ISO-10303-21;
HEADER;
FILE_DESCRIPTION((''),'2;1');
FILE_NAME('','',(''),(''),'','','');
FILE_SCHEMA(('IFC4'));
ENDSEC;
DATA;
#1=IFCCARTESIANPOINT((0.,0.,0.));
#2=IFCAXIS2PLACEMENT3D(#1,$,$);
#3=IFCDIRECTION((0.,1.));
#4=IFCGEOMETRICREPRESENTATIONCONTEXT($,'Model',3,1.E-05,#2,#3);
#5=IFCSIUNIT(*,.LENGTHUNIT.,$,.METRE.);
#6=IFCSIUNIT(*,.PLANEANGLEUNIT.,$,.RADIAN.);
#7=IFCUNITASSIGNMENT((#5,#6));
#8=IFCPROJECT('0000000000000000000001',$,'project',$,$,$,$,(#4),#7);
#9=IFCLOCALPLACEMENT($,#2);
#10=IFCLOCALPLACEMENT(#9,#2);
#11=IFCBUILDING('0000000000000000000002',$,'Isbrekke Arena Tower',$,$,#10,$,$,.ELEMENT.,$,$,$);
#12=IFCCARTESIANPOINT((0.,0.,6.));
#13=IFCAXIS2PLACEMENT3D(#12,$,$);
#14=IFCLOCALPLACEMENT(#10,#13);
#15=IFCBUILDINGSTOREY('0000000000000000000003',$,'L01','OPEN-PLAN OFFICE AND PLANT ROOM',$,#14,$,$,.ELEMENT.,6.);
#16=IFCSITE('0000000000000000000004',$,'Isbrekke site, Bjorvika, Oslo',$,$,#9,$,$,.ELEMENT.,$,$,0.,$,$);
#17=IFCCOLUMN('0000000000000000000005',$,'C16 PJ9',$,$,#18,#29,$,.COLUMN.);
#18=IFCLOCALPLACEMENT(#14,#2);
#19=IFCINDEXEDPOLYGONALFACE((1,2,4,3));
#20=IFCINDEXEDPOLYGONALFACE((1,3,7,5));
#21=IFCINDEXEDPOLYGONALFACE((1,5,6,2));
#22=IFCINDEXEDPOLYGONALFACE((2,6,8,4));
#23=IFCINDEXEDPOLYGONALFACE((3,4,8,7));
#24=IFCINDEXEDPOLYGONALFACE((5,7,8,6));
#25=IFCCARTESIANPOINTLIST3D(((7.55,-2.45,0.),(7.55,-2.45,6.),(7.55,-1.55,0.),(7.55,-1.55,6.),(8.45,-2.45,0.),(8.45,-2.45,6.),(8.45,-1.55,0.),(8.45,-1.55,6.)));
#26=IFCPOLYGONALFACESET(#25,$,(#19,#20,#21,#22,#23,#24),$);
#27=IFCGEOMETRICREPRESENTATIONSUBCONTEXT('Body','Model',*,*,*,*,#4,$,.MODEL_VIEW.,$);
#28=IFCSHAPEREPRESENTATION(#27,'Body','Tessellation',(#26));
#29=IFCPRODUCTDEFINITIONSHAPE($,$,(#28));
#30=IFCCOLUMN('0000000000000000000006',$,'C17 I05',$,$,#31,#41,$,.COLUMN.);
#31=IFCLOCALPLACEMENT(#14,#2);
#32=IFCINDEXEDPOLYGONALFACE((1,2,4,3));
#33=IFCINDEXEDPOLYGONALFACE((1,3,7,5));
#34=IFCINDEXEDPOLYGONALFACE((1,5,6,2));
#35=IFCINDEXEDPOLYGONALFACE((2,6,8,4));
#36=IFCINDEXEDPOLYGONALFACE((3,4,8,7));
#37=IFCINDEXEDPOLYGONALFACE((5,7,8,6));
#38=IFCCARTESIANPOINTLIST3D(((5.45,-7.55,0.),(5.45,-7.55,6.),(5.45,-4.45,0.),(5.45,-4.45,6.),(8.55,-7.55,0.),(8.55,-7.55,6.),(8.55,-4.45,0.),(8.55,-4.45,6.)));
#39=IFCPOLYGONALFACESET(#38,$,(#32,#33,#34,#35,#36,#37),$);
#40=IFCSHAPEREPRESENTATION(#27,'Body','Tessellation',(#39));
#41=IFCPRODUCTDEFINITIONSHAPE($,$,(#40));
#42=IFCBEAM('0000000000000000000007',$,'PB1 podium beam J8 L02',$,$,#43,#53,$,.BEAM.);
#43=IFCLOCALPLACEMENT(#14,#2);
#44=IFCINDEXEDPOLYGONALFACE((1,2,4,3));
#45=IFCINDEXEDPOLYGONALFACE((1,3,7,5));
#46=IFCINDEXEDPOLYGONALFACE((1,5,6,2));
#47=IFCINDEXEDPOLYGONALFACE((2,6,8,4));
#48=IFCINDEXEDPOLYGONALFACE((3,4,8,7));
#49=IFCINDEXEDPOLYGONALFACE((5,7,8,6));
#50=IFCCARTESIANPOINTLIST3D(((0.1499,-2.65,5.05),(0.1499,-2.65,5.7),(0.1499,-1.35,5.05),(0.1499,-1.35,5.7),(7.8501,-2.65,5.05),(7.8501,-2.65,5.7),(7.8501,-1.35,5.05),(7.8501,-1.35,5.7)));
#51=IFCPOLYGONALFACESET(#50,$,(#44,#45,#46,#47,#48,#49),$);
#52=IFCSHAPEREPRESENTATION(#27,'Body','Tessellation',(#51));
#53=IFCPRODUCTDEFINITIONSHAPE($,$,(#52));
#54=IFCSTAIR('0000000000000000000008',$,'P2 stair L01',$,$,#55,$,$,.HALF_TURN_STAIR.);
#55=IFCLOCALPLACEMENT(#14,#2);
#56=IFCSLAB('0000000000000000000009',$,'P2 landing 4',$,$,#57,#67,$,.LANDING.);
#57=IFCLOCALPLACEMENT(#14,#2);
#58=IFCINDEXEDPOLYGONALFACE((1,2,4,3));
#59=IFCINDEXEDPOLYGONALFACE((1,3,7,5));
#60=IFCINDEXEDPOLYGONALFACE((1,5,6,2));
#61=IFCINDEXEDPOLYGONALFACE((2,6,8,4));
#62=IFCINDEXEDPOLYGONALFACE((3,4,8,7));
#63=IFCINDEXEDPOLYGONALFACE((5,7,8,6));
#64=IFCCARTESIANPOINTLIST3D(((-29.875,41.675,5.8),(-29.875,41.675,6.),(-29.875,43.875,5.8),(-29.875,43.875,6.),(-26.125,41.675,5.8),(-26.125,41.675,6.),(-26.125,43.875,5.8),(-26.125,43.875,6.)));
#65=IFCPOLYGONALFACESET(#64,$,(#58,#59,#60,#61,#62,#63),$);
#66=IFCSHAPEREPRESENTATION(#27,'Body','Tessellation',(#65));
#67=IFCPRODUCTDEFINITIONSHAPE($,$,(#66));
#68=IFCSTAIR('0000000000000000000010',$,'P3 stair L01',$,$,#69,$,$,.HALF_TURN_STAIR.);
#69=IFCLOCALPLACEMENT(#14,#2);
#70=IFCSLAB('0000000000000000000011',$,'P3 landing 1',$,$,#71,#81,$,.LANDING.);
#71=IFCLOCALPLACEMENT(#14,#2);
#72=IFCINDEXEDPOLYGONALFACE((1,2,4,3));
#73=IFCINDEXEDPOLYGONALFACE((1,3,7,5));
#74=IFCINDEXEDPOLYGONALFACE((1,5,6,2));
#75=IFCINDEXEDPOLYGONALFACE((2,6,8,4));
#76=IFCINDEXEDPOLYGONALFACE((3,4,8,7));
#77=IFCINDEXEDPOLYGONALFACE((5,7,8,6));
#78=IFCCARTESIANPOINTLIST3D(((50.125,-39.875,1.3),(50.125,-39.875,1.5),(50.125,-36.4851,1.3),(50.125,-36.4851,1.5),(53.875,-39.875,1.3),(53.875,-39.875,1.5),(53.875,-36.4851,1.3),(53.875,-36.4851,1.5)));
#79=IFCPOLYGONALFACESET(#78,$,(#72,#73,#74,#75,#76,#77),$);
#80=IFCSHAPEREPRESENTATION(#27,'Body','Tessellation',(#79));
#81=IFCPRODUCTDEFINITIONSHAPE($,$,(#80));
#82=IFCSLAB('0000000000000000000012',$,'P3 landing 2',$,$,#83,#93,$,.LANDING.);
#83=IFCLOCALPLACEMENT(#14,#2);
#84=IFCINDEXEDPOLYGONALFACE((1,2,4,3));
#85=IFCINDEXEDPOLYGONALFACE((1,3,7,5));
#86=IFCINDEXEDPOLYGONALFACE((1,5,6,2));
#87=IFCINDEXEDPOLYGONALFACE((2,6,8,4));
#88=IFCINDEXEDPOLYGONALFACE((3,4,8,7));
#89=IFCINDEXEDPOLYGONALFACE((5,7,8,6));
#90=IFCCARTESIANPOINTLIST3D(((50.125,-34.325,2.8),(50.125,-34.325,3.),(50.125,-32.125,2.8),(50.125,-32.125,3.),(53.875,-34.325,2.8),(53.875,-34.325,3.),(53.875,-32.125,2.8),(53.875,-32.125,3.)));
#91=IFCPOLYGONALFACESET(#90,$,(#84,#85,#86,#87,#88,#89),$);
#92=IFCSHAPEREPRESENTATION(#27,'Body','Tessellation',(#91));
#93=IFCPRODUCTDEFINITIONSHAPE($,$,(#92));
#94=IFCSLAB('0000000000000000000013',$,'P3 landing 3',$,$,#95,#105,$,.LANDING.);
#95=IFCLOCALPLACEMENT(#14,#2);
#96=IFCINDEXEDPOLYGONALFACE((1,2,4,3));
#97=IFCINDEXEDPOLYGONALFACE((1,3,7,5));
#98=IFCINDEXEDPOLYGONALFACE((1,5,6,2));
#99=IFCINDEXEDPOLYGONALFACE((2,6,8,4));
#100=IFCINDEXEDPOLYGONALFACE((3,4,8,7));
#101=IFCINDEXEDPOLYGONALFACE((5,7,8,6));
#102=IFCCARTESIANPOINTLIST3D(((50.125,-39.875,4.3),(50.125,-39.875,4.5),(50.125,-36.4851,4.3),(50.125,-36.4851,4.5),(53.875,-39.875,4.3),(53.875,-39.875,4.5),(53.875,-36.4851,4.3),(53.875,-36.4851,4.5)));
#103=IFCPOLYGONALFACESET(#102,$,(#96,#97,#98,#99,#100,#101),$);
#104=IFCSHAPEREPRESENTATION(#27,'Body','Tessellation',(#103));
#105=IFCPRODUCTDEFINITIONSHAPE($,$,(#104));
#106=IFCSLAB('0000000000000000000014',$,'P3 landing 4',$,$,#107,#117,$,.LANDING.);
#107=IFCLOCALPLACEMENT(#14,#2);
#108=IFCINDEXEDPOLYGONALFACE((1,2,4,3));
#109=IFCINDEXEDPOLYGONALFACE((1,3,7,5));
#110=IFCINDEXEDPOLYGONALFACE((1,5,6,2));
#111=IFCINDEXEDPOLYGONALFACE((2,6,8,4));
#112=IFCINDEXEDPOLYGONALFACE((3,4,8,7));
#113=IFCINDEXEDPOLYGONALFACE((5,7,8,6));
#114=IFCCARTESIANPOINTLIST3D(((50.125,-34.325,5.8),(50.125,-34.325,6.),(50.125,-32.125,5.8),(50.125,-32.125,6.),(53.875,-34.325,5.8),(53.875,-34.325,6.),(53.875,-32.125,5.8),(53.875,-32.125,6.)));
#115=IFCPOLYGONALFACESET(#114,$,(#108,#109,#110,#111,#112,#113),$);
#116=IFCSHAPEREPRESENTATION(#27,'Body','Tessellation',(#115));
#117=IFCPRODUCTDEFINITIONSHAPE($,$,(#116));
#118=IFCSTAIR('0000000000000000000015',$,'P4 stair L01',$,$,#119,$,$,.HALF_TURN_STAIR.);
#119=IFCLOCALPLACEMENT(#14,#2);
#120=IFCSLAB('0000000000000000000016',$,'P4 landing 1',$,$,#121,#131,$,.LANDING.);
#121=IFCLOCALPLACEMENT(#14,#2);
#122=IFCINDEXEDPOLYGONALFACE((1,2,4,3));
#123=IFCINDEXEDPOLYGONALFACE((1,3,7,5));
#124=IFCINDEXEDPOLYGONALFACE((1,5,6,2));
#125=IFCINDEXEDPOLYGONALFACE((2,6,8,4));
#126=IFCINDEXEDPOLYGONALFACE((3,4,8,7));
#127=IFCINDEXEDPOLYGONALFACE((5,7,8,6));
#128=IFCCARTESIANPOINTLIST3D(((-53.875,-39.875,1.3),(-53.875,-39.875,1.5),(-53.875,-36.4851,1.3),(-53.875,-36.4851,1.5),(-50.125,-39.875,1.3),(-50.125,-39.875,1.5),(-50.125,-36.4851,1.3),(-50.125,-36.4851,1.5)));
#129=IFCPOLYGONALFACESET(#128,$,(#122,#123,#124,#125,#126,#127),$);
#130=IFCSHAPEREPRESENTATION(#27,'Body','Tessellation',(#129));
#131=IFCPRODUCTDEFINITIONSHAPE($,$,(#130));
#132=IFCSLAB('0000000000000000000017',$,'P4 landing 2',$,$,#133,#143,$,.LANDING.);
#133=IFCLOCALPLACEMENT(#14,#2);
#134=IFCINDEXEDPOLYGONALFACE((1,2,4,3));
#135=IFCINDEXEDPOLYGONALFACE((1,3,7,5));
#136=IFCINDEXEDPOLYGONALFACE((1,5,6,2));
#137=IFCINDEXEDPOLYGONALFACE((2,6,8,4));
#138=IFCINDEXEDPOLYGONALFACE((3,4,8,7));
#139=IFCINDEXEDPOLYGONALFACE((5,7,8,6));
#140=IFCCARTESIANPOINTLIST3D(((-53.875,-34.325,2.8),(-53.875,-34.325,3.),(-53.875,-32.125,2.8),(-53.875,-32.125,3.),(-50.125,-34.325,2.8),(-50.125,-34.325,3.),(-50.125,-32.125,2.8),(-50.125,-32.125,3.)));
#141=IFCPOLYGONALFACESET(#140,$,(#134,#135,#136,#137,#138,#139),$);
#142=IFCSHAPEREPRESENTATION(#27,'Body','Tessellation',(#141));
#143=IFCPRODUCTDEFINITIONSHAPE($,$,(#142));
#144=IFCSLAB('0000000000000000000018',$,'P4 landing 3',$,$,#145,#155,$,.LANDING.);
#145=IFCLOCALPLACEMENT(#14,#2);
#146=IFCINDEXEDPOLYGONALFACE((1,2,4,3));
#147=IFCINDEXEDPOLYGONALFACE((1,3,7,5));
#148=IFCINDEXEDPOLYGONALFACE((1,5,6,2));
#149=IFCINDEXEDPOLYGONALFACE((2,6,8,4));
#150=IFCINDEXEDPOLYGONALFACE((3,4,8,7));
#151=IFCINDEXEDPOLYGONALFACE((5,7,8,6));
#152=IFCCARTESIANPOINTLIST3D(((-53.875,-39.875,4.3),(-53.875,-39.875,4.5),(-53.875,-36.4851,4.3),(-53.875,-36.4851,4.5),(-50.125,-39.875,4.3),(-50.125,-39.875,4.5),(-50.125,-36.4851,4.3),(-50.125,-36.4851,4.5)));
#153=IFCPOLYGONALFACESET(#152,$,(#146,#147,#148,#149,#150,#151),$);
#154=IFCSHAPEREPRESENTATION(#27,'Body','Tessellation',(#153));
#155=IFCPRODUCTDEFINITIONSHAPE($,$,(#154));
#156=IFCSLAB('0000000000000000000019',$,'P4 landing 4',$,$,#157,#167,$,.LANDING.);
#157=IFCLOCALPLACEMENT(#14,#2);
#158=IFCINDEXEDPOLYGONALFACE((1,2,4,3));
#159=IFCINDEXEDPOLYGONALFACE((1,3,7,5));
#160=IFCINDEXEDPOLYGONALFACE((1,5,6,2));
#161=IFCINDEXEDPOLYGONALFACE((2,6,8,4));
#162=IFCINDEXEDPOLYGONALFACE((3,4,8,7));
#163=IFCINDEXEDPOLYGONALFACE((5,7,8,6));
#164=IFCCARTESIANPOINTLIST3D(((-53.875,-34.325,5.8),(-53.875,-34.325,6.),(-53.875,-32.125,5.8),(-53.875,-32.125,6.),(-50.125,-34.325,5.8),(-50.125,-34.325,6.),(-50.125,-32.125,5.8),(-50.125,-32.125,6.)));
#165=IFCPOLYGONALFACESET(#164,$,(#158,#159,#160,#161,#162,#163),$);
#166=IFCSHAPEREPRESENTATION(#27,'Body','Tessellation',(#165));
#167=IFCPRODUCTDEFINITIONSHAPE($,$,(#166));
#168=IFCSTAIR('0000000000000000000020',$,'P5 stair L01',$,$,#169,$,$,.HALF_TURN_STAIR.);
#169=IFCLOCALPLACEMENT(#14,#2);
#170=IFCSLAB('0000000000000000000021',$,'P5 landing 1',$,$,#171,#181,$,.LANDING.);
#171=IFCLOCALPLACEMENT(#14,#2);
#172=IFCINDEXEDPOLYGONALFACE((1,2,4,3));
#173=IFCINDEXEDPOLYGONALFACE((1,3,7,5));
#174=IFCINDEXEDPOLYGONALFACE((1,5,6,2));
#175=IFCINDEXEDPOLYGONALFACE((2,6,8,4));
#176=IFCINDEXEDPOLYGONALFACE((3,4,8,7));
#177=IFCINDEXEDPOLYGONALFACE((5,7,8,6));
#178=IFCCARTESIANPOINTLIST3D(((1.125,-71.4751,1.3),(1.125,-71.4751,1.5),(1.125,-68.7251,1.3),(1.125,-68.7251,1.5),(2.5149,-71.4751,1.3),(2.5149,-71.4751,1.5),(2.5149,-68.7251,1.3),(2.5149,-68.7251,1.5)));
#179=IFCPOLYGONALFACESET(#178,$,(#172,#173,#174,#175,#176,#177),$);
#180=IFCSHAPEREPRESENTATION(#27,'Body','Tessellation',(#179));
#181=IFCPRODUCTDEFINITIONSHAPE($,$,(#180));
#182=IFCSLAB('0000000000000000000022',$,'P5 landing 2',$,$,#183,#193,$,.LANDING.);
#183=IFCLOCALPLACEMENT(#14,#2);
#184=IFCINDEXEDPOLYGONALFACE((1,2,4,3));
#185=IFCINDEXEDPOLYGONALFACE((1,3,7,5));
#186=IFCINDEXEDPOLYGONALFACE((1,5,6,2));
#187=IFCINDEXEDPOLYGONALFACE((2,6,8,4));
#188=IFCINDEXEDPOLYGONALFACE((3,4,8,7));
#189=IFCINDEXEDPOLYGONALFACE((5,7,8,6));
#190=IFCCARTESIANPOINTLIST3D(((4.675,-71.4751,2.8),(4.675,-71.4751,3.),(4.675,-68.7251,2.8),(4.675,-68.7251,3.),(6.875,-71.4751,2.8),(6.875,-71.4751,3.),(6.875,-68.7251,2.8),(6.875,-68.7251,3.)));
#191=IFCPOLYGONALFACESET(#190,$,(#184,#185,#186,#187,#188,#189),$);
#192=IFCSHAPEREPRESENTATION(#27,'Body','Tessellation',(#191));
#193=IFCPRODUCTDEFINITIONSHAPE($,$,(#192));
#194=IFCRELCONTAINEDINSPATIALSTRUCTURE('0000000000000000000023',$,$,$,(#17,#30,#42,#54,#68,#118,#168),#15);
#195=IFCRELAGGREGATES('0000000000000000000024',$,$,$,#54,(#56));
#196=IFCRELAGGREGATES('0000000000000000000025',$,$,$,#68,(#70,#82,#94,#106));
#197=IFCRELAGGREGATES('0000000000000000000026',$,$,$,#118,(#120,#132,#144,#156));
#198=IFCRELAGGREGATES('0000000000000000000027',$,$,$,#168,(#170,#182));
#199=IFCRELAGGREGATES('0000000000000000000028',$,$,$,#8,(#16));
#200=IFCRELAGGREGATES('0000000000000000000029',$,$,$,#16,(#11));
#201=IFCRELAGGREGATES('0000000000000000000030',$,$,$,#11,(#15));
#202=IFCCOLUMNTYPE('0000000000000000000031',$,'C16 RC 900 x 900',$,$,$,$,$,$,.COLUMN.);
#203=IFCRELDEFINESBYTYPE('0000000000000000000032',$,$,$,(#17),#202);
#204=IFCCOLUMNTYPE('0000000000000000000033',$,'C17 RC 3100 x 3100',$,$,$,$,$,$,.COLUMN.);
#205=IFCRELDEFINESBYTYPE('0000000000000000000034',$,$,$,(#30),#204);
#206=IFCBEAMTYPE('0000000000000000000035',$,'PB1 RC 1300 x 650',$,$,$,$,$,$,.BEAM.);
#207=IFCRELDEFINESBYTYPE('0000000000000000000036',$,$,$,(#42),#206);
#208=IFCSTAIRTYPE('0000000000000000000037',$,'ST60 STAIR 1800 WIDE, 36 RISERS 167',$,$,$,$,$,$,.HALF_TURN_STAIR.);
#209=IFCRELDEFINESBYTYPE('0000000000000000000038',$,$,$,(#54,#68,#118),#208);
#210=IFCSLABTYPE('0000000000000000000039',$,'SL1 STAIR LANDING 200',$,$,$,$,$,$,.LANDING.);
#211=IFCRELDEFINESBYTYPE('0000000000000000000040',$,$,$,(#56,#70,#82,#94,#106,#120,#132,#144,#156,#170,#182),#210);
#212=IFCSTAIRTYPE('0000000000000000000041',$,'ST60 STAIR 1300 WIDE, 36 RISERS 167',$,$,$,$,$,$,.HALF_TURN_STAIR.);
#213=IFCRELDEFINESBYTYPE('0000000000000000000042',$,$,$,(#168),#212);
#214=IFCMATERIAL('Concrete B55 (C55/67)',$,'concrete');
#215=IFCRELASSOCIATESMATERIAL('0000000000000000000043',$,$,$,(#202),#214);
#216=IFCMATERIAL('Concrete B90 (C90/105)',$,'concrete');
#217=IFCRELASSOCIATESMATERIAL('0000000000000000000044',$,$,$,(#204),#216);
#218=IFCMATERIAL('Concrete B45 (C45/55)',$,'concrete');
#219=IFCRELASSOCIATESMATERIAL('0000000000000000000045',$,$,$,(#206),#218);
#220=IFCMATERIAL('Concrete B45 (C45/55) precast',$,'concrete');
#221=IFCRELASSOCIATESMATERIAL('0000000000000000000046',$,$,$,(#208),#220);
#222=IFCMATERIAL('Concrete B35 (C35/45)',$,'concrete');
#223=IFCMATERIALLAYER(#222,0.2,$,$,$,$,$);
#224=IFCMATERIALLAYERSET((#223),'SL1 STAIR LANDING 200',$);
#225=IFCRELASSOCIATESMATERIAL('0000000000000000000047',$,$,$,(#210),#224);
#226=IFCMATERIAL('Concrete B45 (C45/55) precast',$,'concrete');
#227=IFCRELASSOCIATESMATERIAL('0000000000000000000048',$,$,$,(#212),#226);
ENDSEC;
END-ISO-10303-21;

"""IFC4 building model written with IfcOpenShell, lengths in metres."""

from ifc_helpers import new_model, si_unit, direction, frame, origin, origin_2d, place, context, subcontext, project, spatial, polyline, rectangle, outline, extrude, material, layer, layer_set, material_profile, profile_set, type_object, element, aggregate, save


model = new_model("IFC4")

# Units and contexts
model_context = context("Model", 3, precision=1e-05, world=origin(), true_north=direction((0.0, 1.0)))
body_context = subcontext(model_context, "Body", "Model", "MODEL_VIEW")
ifc_project = project(units=[si_unit("LENGTHUNIT", "METRE"), si_unit("PLANEANGLEUNIT", "RADIAN")], contexts=[model_context])

# Site, building, storey
site_placement = place(None, origin())
site = spatial("IfcSite", under=ifc_project, at=site_placement, Name="Isbrekke site, Bjorvika, Oslo", CompositionType="ELEMENT", RefElevation=0.0)
building_placement = place(site_placement, origin())
building = spatial("IfcBuilding", under=site, at=building_placement, Name="Isbrekke Arena Tower", CompositionType="ELEMENT")
storey_placement = place(building_placement, frame((0.0, 0.0, 6.0)))
storey = spatial("IfcBuildingStorey", under=building, at=storey_placement, Name="L01", Description="OPEN-PLAN OFFICE AND PLANT ROOM", CompositionType="ELEMENT", Elevation=6.0)

# Columns
ifc_material_1 = material(Name="Concrete B55 (C55/67)", Category="concrete")
ifc_material_profile_1 = material_profile(ifc_material_1, rectangle(XDim=0.8999, YDim=0.8999, at=origin_2d()), Name="RC 900x900")
ifc_profile_set_1 = profile_set([ifc_material_profile_1], Name="Concrete B55 (C55/67)")
column_type_1 = type_object("IfcColumnType", Name="C16 RC 900 x 900", PredefinedType="COLUMN", material=ifc_profile_set_1)
column_1_placement = place(storey_placement, frame((8.0, -2.0, 0.0), z_axis=(0.0, 0.0, 1.0), x_axis=(1.0, 0.0, 0.0)))
element("IfcColumn", 1, at=column_1_placement, inside=storey, type_object=column_type_1, Name="C16 PJ9", PredefinedType="COLUMN", context=body_context, shape_type="SweptSolid", body=[
    extrude(rectangle(XDim=0.8999, YDim=0.8999, at=origin_2d()), origin(), (0.0, 0.0, 1.0), 6.0),
])
ifc_material_2 = material(Name="Concrete B90 (C90/105)", Category="concrete")
ifc_material_profile_2 = material_profile(ifc_material_2, rectangle(XDim=3.1001, YDim=3.1001, at=origin_2d()), Name="RC 3100x3100")
ifc_profile_set_2 = profile_set([ifc_material_profile_2], Name="Concrete B90 (C90/105)")
column_type_2 = type_object("IfcColumnType", Name="C17 RC 3100 x 3100", PredefinedType="COLUMN", material=ifc_profile_set_2)
column_2_placement = place(storey_placement, frame((7.0, -6.0, 0.0), z_axis=(0.0, 0.0, 1.0), x_axis=(1.0, 0.0, 0.0)))
element("IfcColumn", 2, at=column_2_placement, inside=storey, type_object=column_type_2, Name="C17 I05", PredefinedType="COLUMN", context=body_context, shape_type="SweptSolid", body=[
    extrude(rectangle(XDim=3.1001, YDim=3.1001, at=origin_2d()), origin(), (0.0, 0.0, 1.0), 6.0),
])

# Beam
ifc_material_3 = material(Name="Concrete B45 (C45/55)", Category="concrete")
ifc_material_profile_3 = material_profile(ifc_material_3, rectangle(XDim=1.3, YDim=0.6499, at=origin_2d()), Name="RC 1300x650")
ifc_profile_set_3 = profile_set([ifc_material_profile_3], Name="Concrete B45 (C45/55)")
beam_type = type_object("IfcBeamType", Name="PB1 RC 1300 x 650", PredefinedType="BEAM", material=ifc_profile_set_3)
beam_placement = place(storey_placement, frame((0.1499, -2.0, 5.375), z_axis=(1.0, 0.0, 0.0), x_axis=(0.0, 1.0, 0.0)))
element("IfcBeam", 3, at=beam_placement, inside=storey, type_object=beam_type, Name="PB1 podium beam J8 L02", PredefinedType="BEAM", context=body_context, shape_type="SweptSolid", body=[
    extrude(rectangle(XDim=1.3, YDim=0.6499, at=origin_2d()), origin(), (0.0, 0.0, 1.0), 7.7002),
])

# Stair, slab
ifc_material_4 = material(Name="Concrete B45 (C45/55) precast", Category="concrete")
stair_type_1 = type_object("IfcStairType", Name="ST60 STAIR 1800 WIDE, 36 RISERS 167", PredefinedType="HALF_TURN_STAIR", material=ifc_material_4)
stair_1_placement = place(storey_placement, origin())
stair_1 = element("IfcStair", 4, at=stair_1_placement, inside=storey, type_object=stair_type_1, Name="P2 stair L01", PredefinedType="HALF_TURN_STAIR")
ifc_material_5 = material(Name="Concrete B35 (C35/45)", Category="concrete")
ifc_layer_1 = layer(ifc_material_5, 0.2)
ifc_layer_set_1 = layer_set([ifc_layer_1], Name="SL1 STAIR LANDING 200")
slab_type = type_object("IfcSlabType", Name="SL1 STAIR LANDING 200", PredefinedType="LANDING", material=ifc_layer_set_1)
slab_1_placement = place(storey_placement, frame((0.0, 0.0, 5.8)))
slab_1 = element("IfcSlab", 5, at=slab_1_placement, type_object=slab_type, Name="P2 landing 4", PredefinedType="LANDING", context=body_context, shape_type="SweptSolid", body=[
    extrude(outline(polyline([(-29.875, 41.675), (-26.125, 41.675), (-26.125, 43.875), (-29.875, 43.875), (-29.875, 41.675)])), origin(), (0.0, 0.0, 1.0), 0.2),
])
aggregate(stair_1, [slab_1])

# Stairs, slabs
stair_2_placement = place(storey_placement, origin())
stair_2 = element("IfcStair", 6, at=stair_2_placement, inside=storey, type_object=stair_type_1, Name="P3 stair L01", PredefinedType="HALF_TURN_STAIR")
slab_2_placement = place(storey_placement, frame((0.0, 0.0, 1.3)))
slab_2 = element("IfcSlab", 7, at=slab_2_placement, type_object=slab_type, Name="P3 landing 1", PredefinedType="LANDING", context=body_context, shape_type="SweptSolid", body=[
    extrude(outline(polyline([(50.125, -39.875), (53.875, -39.875), (53.875, -36.4851), (50.125, -36.4851), (50.125, -39.875)])), origin(), (0.0, 0.0, 1.0), 0.2),
])
slab_3_placement = place(storey_placement, frame((0.0, 0.0, 2.8)))
slab_3 = element("IfcSlab", 8, at=slab_3_placement, type_object=slab_type, Name="P3 landing 2", PredefinedType="LANDING", context=body_context, shape_type="SweptSolid", body=[
    extrude(outline(polyline([(50.125, -34.325), (53.875, -34.325), (53.875, -32.125), (50.125, -32.125), (50.125, -34.325)])), origin(), (0.0, 0.0, 1.0), 0.2),
])
slab_4_placement = place(storey_placement, frame((0.0, 0.0, 4.3)))
slab_4 = element("IfcSlab", 9, at=slab_4_placement, type_object=slab_type, Name="P3 landing 3", PredefinedType="LANDING", context=body_context, shape_type="SweptSolid", body=[
    extrude(outline(polyline([(50.125, -39.875), (53.875, -39.875), (53.875, -36.4851), (50.125, -36.4851), (50.125, -39.875)])), origin(), (0.0, 0.0, 1.0), 0.2),
])
slab_5_placement = place(storey_placement, frame((0.0, 0.0, 5.8)))
slab_5 = element("IfcSlab", 10, at=slab_5_placement, type_object=slab_type, Name="P3 landing 4", PredefinedType="LANDING", context=body_context, shape_type="SweptSolid", body=[
    extrude(outline(polyline([(50.125, -34.325), (53.875, -34.325), (53.875, -32.125), (50.125, -32.125), (50.125, -34.325)])), origin(), (0.0, 0.0, 1.0), 0.2),
])
aggregate(stair_2, [slab_2, slab_3, slab_4, slab_5])
stair_3_placement = place(storey_placement, origin())
stair_3 = element("IfcStair", 11, at=stair_3_placement, inside=storey, type_object=stair_type_1, Name="P4 stair L01", PredefinedType="HALF_TURN_STAIR")
slab_6_placement = place(storey_placement, frame((0.0, 0.0, 1.3)))
slab_6 = element("IfcSlab", 12, at=slab_6_placement, type_object=slab_type, Name="P4 landing 1", PredefinedType="LANDING", context=body_context, shape_type="SweptSolid", body=[
    extrude(outline(polyline([(-53.875, -39.875), (-50.125, -39.875), (-50.125, -36.4851), (-53.875, -36.4851), (-53.875, -39.875)])), origin(), (0.0, 0.0, 1.0), 0.2),
])
slab_7_placement = place(storey_placement, frame((0.0, 0.0, 2.8)))
slab_7 = element("IfcSlab", 13, at=slab_7_placement, type_object=slab_type, Name="P4 landing 2", PredefinedType="LANDING", context=body_context, shape_type="SweptSolid", body=[
    extrude(outline(polyline([(-53.875, -34.325), (-50.125, -34.325), (-50.125, -32.125), (-53.875, -32.125), (-53.875, -34.325)])), origin(), (0.0, 0.0, 1.0), 0.2),
])
slab_8_placement = place(storey_placement, frame((0.0, 0.0, 4.3)))
slab_8 = element("IfcSlab", 14, at=slab_8_placement, type_object=slab_type, Name="P4 landing 3", PredefinedType="LANDING", context=body_context, shape_type="SweptSolid", body=[
    extrude(outline(polyline([(-53.875, -39.875), (-50.125, -39.875), (-50.125, -36.4851), (-53.875, -36.4851), (-53.875, -39.875)])), origin(), (0.0, 0.0, 1.0), 0.2),
])
slab_9_placement = place(storey_placement, frame((0.0, 0.0, 5.8)))
slab_9 = element("IfcSlab", 15, at=slab_9_placement, type_object=slab_type, Name="P4 landing 4", PredefinedType="LANDING", context=body_context, shape_type="SweptSolid", body=[
    extrude(outline(polyline([(-53.875, -34.325), (-50.125, -34.325), (-50.125, -32.125), (-53.875, -32.125), (-53.875, -34.325)])), origin(), (0.0, 0.0, 1.0), 0.2),
])
aggregate(stair_3, [slab_6, slab_7, slab_8, slab_9])
ifc_material_6 = material(Name="Concrete B45 (C45/55) precast", Category="concrete")
stair_type_2 = type_object("IfcStairType", Name="ST60 STAIR 1300 WIDE, 36 RISERS 167", PredefinedType="HALF_TURN_STAIR", material=ifc_material_6)
stair_4_placement = place(storey_placement, origin())
stair_4 = element("IfcStair", 16, at=stair_4_placement, inside=storey, type_object=stair_type_2, Name="P5 stair L01", PredefinedType="HALF_TURN_STAIR")
slab_10_placement = place(storey_placement, frame((0.0, 0.0, 1.3)))
slab_10 = element("IfcSlab", 17, at=slab_10_placement, type_object=slab_type, Name="P5 landing 1", PredefinedType="LANDING", context=body_context, shape_type="SweptSolid", body=[
    extrude(outline(polyline([(1.125, -71.4751), (2.5149, -71.4751), (2.5149, -68.7251), (1.125, -68.7251), (1.125, -71.4751)])), origin(), (0.0, 0.0, 1.0), 0.2),
])
slab_11_placement = place(storey_placement, frame((0.0, 0.0, 2.8)))
slab_11 = element("IfcSlab", 18, at=slab_11_placement, type_object=slab_type, Name="P5 landing 2", PredefinedType="LANDING", context=body_context, shape_type="SweptSolid", body=[
    extrude(outline(polyline([(4.675, -71.4751), (6.875, -71.4751), (6.875, -68.7251), (4.675, -68.7251), (4.675, -71.4751)])), origin(), (0.0, 0.0, 1.0), 0.2),
])
aggregate(stair_4, [slab_10, slab_11])

save(model, "model.ifc")
